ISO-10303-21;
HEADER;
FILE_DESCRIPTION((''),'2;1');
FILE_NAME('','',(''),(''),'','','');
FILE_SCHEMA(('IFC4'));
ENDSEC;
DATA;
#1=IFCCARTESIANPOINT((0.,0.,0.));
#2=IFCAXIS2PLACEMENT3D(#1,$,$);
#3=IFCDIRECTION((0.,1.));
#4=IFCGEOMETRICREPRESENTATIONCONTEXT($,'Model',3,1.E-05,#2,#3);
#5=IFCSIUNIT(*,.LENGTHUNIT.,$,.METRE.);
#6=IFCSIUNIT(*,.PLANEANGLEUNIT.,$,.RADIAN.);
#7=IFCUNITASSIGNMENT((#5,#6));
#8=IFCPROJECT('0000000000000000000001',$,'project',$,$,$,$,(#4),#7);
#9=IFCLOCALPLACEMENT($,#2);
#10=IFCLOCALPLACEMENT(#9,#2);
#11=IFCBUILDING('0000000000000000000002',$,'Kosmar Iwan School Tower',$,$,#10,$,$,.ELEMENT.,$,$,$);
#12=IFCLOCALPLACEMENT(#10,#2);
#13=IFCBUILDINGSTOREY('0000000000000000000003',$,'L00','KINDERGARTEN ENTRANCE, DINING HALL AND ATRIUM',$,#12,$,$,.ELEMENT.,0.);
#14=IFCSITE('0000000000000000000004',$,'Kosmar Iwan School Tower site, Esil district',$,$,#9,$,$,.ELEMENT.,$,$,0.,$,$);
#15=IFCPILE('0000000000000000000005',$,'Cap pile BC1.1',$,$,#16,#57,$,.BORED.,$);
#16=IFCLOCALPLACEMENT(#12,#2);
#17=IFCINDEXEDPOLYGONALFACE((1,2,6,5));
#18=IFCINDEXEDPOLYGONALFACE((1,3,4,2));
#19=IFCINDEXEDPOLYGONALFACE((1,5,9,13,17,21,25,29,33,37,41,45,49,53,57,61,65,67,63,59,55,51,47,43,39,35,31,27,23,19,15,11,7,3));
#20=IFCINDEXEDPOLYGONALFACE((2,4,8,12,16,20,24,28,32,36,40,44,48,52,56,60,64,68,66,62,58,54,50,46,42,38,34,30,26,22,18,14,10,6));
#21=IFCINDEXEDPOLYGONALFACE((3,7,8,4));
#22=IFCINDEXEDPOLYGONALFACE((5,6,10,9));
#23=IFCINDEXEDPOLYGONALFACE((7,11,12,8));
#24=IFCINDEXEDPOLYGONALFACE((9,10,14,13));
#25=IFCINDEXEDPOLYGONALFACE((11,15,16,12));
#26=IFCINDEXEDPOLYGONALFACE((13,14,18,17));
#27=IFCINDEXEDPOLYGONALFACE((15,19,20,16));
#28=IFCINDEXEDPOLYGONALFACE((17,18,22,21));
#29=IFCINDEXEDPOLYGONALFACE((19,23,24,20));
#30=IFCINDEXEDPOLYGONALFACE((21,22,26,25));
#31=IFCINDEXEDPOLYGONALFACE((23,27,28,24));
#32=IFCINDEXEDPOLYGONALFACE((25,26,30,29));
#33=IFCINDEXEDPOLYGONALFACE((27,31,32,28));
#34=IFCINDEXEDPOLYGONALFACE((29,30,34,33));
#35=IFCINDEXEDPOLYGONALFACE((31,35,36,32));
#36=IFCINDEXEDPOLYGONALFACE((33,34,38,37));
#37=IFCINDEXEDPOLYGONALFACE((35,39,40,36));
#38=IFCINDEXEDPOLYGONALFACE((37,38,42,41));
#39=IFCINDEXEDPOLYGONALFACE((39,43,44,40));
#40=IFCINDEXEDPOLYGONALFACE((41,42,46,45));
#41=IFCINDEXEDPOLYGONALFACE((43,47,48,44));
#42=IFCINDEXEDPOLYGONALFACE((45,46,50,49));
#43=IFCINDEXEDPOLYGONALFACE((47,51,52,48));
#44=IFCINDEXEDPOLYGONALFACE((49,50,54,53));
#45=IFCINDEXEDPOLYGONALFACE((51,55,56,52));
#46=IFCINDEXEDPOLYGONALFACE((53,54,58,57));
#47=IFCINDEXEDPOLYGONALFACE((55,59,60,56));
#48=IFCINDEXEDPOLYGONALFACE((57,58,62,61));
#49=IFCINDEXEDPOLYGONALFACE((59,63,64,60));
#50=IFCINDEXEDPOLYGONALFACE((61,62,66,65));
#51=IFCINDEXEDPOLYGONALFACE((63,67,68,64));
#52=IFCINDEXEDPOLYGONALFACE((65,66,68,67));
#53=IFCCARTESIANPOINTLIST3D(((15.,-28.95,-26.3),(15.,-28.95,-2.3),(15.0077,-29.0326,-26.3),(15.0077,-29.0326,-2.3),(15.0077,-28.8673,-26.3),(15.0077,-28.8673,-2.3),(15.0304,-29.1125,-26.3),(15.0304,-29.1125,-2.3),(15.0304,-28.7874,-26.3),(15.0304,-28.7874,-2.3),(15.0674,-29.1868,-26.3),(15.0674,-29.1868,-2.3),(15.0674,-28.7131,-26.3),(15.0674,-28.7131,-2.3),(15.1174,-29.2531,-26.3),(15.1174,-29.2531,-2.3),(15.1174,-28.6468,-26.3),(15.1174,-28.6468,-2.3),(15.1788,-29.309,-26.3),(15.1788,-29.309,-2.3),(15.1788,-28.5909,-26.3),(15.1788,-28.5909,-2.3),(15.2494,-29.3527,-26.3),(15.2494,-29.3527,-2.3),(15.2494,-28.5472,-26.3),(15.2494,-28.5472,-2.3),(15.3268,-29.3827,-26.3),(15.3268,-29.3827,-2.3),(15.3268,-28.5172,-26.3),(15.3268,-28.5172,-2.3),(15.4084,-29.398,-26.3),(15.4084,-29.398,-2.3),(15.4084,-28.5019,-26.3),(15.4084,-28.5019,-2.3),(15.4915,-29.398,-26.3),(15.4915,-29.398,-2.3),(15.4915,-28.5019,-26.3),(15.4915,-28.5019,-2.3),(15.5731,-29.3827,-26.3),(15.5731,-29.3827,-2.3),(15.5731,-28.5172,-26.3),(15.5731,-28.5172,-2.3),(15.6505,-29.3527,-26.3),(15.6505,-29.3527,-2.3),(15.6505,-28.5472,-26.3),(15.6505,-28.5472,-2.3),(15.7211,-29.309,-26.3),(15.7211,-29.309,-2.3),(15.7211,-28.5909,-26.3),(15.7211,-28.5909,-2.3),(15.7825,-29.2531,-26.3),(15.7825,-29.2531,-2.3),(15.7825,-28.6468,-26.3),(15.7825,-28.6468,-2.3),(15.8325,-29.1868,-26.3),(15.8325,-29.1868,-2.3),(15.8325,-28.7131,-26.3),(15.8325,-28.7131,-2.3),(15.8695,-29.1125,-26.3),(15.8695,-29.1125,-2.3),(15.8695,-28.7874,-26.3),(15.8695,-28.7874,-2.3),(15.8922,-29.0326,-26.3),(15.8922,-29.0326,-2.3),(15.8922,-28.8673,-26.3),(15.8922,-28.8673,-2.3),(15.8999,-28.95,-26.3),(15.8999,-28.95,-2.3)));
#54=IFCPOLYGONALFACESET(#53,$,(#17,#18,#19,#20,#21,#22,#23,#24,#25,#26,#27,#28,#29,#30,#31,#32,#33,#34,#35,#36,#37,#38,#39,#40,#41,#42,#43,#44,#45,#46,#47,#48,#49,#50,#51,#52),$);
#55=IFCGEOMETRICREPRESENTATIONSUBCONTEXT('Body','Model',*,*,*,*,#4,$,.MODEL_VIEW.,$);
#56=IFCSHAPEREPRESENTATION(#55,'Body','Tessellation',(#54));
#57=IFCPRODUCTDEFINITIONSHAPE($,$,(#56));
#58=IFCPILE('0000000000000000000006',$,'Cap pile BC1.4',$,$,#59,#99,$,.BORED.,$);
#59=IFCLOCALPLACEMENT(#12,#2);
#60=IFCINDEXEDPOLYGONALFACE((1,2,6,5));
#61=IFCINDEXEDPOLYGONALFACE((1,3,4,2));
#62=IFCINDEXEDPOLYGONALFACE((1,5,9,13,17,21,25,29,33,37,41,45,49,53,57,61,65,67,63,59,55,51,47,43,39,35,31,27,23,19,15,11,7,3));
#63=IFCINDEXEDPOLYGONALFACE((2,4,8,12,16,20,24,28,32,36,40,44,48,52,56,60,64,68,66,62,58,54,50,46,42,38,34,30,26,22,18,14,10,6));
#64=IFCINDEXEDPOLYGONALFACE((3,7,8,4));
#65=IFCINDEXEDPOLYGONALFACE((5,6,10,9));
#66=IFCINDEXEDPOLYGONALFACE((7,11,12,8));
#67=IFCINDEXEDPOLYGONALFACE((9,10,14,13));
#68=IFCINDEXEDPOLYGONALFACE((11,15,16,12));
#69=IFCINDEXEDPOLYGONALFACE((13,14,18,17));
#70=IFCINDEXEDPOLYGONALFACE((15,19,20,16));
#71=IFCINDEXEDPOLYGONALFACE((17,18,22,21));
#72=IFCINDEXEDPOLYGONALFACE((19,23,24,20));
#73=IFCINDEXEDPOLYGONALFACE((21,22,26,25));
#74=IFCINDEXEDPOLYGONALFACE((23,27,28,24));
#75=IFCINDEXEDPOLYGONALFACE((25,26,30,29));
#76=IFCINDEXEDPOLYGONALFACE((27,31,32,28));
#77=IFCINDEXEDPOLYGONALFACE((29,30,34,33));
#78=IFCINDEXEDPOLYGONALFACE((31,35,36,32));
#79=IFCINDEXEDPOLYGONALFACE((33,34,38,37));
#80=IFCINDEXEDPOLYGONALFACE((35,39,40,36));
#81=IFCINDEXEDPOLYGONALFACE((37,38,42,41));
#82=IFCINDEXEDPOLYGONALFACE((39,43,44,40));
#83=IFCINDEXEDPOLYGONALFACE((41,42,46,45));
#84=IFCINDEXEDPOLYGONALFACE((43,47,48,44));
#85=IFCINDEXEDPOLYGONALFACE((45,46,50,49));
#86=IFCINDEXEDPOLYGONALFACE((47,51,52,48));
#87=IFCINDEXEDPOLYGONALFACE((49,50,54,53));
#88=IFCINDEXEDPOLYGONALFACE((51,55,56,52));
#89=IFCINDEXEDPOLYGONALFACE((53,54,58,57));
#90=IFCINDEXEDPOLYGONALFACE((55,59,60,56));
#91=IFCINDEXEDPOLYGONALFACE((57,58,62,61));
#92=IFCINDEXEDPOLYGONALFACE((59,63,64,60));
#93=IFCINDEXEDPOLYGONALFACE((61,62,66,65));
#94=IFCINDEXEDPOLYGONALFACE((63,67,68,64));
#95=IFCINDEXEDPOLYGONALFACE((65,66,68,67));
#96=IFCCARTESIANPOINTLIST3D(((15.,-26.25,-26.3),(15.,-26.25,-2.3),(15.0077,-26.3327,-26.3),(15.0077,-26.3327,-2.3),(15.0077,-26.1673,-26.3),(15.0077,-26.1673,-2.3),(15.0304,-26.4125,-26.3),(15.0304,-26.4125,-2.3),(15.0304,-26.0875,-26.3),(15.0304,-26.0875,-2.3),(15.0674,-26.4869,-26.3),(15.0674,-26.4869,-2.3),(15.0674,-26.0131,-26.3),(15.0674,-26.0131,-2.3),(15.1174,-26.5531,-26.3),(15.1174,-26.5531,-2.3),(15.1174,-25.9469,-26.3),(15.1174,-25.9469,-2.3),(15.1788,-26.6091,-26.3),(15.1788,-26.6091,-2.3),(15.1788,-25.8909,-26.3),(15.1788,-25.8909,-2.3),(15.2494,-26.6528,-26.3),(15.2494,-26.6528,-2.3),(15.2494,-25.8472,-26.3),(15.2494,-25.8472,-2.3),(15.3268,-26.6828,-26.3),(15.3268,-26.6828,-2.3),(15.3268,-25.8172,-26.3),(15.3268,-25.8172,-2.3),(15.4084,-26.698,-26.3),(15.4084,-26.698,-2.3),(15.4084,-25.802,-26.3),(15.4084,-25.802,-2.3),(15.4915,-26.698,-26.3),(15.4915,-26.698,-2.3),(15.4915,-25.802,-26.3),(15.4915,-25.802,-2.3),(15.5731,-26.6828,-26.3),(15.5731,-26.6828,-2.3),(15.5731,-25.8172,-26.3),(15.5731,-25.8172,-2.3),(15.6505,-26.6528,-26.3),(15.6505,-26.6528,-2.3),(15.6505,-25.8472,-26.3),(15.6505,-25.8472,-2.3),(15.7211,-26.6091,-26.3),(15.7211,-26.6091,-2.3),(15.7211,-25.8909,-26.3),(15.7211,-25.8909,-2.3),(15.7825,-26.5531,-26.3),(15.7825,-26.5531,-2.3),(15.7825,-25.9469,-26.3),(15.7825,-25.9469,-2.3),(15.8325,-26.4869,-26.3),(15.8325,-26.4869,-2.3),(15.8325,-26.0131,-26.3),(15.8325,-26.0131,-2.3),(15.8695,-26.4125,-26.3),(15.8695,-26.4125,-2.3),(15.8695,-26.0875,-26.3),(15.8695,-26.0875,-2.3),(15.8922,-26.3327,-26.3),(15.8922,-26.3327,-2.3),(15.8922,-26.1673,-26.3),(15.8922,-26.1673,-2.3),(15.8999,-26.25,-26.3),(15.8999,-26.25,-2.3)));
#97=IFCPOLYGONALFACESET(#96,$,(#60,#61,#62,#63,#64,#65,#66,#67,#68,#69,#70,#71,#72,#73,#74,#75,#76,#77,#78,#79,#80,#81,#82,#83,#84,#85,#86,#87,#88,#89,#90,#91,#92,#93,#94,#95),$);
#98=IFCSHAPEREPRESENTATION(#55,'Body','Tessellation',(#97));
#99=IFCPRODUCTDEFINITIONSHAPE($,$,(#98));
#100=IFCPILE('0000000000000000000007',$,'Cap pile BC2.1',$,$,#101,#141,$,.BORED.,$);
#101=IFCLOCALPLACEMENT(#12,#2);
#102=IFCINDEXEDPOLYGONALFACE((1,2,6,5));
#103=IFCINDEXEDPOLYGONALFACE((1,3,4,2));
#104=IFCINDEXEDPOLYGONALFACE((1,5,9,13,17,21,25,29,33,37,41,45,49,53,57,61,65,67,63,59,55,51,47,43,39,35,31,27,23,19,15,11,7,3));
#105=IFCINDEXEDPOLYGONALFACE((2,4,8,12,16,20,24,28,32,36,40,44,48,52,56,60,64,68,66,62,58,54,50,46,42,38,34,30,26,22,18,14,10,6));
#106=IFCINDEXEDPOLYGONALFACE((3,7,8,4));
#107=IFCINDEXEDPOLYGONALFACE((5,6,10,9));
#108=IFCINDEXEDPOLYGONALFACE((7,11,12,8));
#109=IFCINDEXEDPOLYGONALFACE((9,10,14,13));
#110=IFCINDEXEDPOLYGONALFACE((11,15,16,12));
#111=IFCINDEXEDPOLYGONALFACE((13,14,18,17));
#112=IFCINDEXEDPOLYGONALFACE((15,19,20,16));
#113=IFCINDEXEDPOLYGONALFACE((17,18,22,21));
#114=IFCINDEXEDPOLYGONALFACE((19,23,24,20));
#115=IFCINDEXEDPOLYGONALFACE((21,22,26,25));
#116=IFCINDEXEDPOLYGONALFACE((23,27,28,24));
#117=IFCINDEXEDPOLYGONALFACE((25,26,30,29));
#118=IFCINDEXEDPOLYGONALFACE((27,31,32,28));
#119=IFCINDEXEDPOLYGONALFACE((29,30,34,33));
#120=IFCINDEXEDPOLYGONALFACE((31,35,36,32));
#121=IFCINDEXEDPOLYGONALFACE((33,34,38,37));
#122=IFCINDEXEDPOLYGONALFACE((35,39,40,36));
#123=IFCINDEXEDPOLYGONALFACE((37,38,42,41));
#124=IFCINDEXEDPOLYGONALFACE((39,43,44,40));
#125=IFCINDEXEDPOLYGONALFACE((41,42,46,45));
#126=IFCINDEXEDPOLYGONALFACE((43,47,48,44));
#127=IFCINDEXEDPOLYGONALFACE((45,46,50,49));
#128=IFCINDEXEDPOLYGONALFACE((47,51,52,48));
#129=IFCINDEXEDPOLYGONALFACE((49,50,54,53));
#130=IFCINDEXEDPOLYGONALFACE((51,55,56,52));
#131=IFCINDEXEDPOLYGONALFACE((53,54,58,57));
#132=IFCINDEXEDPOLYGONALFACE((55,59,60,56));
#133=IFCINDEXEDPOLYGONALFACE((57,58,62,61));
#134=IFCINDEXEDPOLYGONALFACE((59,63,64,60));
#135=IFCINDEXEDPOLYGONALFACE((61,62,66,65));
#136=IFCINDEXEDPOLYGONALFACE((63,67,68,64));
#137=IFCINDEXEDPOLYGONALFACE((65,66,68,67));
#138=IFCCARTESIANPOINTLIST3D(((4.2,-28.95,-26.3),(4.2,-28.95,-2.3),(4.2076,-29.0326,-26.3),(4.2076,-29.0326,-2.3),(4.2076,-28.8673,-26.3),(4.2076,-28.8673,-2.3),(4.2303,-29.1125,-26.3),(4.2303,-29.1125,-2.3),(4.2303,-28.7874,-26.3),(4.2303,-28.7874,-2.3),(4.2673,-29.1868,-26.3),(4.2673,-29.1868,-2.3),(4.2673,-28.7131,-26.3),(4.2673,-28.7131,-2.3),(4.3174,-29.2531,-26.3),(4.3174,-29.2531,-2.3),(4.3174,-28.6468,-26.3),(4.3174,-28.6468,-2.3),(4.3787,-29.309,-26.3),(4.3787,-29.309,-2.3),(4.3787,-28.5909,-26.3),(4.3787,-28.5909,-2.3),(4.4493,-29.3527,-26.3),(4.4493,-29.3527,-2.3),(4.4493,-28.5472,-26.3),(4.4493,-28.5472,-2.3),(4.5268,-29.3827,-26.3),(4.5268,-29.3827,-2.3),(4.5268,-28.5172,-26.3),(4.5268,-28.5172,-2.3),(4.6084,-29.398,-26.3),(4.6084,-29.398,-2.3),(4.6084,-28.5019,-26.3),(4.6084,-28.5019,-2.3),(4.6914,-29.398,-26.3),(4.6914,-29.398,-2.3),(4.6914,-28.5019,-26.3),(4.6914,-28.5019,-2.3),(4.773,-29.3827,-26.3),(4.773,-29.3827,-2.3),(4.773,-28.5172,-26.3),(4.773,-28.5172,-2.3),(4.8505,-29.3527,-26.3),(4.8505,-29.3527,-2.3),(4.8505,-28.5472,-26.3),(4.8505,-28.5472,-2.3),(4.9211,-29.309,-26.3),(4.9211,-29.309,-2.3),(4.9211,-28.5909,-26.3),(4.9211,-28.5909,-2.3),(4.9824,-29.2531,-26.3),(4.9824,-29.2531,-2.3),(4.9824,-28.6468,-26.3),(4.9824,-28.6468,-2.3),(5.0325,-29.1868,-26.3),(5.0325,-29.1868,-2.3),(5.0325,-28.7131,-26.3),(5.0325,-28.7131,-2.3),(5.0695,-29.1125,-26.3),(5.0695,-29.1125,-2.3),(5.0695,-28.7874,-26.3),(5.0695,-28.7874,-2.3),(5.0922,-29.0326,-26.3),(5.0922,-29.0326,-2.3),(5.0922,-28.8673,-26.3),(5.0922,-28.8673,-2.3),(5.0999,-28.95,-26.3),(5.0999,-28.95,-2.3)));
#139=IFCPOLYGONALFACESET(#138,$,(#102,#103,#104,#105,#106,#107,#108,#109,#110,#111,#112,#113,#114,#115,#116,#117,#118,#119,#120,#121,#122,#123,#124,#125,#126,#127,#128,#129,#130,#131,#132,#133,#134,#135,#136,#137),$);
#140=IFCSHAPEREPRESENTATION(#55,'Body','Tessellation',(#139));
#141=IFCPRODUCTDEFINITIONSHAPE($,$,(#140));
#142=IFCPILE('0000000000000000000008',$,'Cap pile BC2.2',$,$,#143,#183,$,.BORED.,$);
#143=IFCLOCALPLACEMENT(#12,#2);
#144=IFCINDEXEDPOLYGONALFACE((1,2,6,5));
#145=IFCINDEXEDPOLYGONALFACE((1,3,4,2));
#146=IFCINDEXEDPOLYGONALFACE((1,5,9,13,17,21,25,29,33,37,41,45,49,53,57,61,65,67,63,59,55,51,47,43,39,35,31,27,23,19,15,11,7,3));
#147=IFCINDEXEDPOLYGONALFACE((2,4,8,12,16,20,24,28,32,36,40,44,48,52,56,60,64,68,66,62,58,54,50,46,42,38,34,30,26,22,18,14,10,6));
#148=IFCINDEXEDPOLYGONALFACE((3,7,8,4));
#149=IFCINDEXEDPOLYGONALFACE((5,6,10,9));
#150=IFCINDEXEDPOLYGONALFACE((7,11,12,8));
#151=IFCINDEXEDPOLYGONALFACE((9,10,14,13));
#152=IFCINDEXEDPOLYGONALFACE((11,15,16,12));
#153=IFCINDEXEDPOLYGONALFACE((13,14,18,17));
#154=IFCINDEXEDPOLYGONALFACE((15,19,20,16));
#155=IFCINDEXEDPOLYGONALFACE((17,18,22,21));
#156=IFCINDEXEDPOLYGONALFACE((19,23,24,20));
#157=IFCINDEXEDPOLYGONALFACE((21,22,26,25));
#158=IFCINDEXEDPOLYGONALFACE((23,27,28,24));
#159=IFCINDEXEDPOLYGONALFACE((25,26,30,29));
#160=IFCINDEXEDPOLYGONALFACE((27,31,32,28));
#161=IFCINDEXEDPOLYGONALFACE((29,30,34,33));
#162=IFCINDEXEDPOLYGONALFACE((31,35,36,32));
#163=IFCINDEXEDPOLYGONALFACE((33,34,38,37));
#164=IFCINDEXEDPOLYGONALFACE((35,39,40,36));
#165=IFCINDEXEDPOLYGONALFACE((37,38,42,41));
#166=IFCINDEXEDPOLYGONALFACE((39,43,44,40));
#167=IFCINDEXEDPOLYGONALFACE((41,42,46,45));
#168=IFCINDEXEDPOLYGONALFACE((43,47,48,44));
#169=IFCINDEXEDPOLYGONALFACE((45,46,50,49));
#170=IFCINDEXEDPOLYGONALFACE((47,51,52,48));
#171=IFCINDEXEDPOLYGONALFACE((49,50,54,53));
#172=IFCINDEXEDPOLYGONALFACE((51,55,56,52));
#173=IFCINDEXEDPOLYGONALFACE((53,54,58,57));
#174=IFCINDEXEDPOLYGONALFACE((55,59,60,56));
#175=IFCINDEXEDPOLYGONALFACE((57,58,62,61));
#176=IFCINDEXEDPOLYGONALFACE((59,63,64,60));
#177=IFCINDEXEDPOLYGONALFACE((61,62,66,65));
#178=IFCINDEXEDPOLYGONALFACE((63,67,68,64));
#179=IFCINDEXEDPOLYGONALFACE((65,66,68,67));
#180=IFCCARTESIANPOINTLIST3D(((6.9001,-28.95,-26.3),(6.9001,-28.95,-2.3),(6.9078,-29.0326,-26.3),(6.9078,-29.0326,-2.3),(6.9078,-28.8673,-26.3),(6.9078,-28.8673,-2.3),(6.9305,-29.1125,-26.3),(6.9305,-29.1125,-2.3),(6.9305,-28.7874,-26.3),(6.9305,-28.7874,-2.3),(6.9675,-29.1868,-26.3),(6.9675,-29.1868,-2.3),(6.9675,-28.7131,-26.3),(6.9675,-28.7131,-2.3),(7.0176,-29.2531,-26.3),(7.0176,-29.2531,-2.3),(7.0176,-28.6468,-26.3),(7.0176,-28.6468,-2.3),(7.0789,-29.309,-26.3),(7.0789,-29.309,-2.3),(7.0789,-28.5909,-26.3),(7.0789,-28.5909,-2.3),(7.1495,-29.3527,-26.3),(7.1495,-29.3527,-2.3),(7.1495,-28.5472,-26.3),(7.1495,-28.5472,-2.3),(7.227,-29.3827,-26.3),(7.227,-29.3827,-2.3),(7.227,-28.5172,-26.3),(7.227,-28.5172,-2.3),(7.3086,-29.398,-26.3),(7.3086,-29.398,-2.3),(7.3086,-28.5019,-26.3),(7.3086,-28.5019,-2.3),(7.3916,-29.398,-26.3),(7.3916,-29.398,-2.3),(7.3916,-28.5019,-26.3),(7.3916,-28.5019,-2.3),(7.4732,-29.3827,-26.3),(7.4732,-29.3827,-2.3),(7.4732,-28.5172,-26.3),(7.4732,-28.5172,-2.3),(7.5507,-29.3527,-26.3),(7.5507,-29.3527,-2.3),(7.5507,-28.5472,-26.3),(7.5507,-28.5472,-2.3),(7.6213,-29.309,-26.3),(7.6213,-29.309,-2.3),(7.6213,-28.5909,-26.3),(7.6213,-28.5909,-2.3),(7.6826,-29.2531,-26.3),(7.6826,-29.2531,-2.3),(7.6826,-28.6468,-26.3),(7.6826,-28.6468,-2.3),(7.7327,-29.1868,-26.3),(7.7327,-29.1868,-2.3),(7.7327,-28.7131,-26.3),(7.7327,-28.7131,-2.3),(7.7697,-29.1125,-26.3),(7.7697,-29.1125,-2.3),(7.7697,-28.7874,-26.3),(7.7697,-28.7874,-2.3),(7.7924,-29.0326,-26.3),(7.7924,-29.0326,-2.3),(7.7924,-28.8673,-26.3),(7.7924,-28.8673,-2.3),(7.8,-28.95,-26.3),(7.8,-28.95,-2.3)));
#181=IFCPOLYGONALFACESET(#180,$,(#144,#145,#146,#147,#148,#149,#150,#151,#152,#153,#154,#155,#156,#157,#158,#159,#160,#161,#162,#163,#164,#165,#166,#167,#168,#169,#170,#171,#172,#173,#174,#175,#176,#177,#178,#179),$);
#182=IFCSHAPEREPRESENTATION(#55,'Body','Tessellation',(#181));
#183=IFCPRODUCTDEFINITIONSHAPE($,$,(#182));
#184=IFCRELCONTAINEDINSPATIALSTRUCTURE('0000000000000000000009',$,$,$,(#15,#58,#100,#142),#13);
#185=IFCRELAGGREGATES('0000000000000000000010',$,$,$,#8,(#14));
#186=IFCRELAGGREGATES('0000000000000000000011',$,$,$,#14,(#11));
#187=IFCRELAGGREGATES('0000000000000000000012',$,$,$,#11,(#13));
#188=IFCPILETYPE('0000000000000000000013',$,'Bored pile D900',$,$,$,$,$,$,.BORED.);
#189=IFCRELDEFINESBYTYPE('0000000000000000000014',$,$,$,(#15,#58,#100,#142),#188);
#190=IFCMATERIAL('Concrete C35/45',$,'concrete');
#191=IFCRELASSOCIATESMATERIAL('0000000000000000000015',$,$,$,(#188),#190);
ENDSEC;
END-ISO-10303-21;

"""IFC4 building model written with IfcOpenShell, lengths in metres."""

from ifc_helpers import new_model, si_unit, direction, frame, origin, origin_2d, place, context, subcontext, project, spatial, circle, extrude, material, material_profile, profile_set, type_object, element, save


model = new_model("IFC4")

# Units and contexts
model_context = context("Model", 3, precision=1e-05, world=origin(), true_north=direction((0.0, 1.0)))
body_context = subcontext(model_context, "Body", "Model", "MODEL_VIEW")
ifc_project = project(units=[si_unit("LENGTHUNIT", "METRE"), si_unit("PLANEANGLEUNIT", "RADIAN")], contexts=[model_context])

# Site, building, storey
site_placement = place(None, origin())
site = spatial("IfcSite", under=ifc_project, at=site_placement, Name="Kosmar Iwan School Tower site, Esil district", CompositionType="ELEMENT", RefElevation=0.0)
building_placement = place(site_placement, origin())
building = spatial("IfcBuilding", under=site, at=building_placement, Name="Kosmar Iwan School Tower", CompositionType="ELEMENT")
storey_placement = place(building_placement, origin())
storey = spatial("IfcBuildingStorey", under=building, at=storey_placement, Name="L00", Description="KINDERGARTEN ENTRANCE, DINING HALL AND ATRIUM", CompositionType="ELEMENT", Elevation=0.0)

# Piles
ifc_material_1 = material(Name="Concrete C35/45", Category="concrete")
ifc_material_profile_1 = material_profile(ifc_material_1, circle(Radius=0.45, at=origin_2d()), Name="D900")
ifc_profile_set_1 = profile_set([ifc_material_profile_1], Name="Concrete C35/45")
pile_type = type_object("IfcPileType", Name="Bored pile D900", PredefinedType="BORED", material=ifc_profile_set_1)
for number, where, z_axis, x_axis, name in (
    (1, (15.45, -28.95, -2.3), (0.0, 0.0, -1.0), (1.0, 0.0, 0.0), "Cap pile BC1.1"),
    (2, (15.45, -26.25, -2.3), (0.0, 0.0, -1.0), (1.0, 0.0, 0.0), "Cap pile BC1.4"),
    (3, (4.6499, -28.95, -2.3), (0.0, 0.0, -1.0), (1.0, 0.0, 0.0), "Cap pile BC2.1"),
    (4, (7.3501, -28.95, -2.3), (0.0, 0.0, -1.0), (1.0, 0.0, 0.0), "Cap pile BC2.2"),
):
    element("IfcPile", number, at=place(storey_placement, frame(where, z_axis=z_axis, x_axis=x_axis)), inside=storey, type_object=pile_type, Name=name, PredefinedType="BORED", context=body_context, shape_type="SweptSolid", body=[
        extrude(circle(Radius=0.45, at=origin_2d()), origin(), (0.0, 0.0, 1.0), 24.0),
    ])

save(model, "model.ifc")
